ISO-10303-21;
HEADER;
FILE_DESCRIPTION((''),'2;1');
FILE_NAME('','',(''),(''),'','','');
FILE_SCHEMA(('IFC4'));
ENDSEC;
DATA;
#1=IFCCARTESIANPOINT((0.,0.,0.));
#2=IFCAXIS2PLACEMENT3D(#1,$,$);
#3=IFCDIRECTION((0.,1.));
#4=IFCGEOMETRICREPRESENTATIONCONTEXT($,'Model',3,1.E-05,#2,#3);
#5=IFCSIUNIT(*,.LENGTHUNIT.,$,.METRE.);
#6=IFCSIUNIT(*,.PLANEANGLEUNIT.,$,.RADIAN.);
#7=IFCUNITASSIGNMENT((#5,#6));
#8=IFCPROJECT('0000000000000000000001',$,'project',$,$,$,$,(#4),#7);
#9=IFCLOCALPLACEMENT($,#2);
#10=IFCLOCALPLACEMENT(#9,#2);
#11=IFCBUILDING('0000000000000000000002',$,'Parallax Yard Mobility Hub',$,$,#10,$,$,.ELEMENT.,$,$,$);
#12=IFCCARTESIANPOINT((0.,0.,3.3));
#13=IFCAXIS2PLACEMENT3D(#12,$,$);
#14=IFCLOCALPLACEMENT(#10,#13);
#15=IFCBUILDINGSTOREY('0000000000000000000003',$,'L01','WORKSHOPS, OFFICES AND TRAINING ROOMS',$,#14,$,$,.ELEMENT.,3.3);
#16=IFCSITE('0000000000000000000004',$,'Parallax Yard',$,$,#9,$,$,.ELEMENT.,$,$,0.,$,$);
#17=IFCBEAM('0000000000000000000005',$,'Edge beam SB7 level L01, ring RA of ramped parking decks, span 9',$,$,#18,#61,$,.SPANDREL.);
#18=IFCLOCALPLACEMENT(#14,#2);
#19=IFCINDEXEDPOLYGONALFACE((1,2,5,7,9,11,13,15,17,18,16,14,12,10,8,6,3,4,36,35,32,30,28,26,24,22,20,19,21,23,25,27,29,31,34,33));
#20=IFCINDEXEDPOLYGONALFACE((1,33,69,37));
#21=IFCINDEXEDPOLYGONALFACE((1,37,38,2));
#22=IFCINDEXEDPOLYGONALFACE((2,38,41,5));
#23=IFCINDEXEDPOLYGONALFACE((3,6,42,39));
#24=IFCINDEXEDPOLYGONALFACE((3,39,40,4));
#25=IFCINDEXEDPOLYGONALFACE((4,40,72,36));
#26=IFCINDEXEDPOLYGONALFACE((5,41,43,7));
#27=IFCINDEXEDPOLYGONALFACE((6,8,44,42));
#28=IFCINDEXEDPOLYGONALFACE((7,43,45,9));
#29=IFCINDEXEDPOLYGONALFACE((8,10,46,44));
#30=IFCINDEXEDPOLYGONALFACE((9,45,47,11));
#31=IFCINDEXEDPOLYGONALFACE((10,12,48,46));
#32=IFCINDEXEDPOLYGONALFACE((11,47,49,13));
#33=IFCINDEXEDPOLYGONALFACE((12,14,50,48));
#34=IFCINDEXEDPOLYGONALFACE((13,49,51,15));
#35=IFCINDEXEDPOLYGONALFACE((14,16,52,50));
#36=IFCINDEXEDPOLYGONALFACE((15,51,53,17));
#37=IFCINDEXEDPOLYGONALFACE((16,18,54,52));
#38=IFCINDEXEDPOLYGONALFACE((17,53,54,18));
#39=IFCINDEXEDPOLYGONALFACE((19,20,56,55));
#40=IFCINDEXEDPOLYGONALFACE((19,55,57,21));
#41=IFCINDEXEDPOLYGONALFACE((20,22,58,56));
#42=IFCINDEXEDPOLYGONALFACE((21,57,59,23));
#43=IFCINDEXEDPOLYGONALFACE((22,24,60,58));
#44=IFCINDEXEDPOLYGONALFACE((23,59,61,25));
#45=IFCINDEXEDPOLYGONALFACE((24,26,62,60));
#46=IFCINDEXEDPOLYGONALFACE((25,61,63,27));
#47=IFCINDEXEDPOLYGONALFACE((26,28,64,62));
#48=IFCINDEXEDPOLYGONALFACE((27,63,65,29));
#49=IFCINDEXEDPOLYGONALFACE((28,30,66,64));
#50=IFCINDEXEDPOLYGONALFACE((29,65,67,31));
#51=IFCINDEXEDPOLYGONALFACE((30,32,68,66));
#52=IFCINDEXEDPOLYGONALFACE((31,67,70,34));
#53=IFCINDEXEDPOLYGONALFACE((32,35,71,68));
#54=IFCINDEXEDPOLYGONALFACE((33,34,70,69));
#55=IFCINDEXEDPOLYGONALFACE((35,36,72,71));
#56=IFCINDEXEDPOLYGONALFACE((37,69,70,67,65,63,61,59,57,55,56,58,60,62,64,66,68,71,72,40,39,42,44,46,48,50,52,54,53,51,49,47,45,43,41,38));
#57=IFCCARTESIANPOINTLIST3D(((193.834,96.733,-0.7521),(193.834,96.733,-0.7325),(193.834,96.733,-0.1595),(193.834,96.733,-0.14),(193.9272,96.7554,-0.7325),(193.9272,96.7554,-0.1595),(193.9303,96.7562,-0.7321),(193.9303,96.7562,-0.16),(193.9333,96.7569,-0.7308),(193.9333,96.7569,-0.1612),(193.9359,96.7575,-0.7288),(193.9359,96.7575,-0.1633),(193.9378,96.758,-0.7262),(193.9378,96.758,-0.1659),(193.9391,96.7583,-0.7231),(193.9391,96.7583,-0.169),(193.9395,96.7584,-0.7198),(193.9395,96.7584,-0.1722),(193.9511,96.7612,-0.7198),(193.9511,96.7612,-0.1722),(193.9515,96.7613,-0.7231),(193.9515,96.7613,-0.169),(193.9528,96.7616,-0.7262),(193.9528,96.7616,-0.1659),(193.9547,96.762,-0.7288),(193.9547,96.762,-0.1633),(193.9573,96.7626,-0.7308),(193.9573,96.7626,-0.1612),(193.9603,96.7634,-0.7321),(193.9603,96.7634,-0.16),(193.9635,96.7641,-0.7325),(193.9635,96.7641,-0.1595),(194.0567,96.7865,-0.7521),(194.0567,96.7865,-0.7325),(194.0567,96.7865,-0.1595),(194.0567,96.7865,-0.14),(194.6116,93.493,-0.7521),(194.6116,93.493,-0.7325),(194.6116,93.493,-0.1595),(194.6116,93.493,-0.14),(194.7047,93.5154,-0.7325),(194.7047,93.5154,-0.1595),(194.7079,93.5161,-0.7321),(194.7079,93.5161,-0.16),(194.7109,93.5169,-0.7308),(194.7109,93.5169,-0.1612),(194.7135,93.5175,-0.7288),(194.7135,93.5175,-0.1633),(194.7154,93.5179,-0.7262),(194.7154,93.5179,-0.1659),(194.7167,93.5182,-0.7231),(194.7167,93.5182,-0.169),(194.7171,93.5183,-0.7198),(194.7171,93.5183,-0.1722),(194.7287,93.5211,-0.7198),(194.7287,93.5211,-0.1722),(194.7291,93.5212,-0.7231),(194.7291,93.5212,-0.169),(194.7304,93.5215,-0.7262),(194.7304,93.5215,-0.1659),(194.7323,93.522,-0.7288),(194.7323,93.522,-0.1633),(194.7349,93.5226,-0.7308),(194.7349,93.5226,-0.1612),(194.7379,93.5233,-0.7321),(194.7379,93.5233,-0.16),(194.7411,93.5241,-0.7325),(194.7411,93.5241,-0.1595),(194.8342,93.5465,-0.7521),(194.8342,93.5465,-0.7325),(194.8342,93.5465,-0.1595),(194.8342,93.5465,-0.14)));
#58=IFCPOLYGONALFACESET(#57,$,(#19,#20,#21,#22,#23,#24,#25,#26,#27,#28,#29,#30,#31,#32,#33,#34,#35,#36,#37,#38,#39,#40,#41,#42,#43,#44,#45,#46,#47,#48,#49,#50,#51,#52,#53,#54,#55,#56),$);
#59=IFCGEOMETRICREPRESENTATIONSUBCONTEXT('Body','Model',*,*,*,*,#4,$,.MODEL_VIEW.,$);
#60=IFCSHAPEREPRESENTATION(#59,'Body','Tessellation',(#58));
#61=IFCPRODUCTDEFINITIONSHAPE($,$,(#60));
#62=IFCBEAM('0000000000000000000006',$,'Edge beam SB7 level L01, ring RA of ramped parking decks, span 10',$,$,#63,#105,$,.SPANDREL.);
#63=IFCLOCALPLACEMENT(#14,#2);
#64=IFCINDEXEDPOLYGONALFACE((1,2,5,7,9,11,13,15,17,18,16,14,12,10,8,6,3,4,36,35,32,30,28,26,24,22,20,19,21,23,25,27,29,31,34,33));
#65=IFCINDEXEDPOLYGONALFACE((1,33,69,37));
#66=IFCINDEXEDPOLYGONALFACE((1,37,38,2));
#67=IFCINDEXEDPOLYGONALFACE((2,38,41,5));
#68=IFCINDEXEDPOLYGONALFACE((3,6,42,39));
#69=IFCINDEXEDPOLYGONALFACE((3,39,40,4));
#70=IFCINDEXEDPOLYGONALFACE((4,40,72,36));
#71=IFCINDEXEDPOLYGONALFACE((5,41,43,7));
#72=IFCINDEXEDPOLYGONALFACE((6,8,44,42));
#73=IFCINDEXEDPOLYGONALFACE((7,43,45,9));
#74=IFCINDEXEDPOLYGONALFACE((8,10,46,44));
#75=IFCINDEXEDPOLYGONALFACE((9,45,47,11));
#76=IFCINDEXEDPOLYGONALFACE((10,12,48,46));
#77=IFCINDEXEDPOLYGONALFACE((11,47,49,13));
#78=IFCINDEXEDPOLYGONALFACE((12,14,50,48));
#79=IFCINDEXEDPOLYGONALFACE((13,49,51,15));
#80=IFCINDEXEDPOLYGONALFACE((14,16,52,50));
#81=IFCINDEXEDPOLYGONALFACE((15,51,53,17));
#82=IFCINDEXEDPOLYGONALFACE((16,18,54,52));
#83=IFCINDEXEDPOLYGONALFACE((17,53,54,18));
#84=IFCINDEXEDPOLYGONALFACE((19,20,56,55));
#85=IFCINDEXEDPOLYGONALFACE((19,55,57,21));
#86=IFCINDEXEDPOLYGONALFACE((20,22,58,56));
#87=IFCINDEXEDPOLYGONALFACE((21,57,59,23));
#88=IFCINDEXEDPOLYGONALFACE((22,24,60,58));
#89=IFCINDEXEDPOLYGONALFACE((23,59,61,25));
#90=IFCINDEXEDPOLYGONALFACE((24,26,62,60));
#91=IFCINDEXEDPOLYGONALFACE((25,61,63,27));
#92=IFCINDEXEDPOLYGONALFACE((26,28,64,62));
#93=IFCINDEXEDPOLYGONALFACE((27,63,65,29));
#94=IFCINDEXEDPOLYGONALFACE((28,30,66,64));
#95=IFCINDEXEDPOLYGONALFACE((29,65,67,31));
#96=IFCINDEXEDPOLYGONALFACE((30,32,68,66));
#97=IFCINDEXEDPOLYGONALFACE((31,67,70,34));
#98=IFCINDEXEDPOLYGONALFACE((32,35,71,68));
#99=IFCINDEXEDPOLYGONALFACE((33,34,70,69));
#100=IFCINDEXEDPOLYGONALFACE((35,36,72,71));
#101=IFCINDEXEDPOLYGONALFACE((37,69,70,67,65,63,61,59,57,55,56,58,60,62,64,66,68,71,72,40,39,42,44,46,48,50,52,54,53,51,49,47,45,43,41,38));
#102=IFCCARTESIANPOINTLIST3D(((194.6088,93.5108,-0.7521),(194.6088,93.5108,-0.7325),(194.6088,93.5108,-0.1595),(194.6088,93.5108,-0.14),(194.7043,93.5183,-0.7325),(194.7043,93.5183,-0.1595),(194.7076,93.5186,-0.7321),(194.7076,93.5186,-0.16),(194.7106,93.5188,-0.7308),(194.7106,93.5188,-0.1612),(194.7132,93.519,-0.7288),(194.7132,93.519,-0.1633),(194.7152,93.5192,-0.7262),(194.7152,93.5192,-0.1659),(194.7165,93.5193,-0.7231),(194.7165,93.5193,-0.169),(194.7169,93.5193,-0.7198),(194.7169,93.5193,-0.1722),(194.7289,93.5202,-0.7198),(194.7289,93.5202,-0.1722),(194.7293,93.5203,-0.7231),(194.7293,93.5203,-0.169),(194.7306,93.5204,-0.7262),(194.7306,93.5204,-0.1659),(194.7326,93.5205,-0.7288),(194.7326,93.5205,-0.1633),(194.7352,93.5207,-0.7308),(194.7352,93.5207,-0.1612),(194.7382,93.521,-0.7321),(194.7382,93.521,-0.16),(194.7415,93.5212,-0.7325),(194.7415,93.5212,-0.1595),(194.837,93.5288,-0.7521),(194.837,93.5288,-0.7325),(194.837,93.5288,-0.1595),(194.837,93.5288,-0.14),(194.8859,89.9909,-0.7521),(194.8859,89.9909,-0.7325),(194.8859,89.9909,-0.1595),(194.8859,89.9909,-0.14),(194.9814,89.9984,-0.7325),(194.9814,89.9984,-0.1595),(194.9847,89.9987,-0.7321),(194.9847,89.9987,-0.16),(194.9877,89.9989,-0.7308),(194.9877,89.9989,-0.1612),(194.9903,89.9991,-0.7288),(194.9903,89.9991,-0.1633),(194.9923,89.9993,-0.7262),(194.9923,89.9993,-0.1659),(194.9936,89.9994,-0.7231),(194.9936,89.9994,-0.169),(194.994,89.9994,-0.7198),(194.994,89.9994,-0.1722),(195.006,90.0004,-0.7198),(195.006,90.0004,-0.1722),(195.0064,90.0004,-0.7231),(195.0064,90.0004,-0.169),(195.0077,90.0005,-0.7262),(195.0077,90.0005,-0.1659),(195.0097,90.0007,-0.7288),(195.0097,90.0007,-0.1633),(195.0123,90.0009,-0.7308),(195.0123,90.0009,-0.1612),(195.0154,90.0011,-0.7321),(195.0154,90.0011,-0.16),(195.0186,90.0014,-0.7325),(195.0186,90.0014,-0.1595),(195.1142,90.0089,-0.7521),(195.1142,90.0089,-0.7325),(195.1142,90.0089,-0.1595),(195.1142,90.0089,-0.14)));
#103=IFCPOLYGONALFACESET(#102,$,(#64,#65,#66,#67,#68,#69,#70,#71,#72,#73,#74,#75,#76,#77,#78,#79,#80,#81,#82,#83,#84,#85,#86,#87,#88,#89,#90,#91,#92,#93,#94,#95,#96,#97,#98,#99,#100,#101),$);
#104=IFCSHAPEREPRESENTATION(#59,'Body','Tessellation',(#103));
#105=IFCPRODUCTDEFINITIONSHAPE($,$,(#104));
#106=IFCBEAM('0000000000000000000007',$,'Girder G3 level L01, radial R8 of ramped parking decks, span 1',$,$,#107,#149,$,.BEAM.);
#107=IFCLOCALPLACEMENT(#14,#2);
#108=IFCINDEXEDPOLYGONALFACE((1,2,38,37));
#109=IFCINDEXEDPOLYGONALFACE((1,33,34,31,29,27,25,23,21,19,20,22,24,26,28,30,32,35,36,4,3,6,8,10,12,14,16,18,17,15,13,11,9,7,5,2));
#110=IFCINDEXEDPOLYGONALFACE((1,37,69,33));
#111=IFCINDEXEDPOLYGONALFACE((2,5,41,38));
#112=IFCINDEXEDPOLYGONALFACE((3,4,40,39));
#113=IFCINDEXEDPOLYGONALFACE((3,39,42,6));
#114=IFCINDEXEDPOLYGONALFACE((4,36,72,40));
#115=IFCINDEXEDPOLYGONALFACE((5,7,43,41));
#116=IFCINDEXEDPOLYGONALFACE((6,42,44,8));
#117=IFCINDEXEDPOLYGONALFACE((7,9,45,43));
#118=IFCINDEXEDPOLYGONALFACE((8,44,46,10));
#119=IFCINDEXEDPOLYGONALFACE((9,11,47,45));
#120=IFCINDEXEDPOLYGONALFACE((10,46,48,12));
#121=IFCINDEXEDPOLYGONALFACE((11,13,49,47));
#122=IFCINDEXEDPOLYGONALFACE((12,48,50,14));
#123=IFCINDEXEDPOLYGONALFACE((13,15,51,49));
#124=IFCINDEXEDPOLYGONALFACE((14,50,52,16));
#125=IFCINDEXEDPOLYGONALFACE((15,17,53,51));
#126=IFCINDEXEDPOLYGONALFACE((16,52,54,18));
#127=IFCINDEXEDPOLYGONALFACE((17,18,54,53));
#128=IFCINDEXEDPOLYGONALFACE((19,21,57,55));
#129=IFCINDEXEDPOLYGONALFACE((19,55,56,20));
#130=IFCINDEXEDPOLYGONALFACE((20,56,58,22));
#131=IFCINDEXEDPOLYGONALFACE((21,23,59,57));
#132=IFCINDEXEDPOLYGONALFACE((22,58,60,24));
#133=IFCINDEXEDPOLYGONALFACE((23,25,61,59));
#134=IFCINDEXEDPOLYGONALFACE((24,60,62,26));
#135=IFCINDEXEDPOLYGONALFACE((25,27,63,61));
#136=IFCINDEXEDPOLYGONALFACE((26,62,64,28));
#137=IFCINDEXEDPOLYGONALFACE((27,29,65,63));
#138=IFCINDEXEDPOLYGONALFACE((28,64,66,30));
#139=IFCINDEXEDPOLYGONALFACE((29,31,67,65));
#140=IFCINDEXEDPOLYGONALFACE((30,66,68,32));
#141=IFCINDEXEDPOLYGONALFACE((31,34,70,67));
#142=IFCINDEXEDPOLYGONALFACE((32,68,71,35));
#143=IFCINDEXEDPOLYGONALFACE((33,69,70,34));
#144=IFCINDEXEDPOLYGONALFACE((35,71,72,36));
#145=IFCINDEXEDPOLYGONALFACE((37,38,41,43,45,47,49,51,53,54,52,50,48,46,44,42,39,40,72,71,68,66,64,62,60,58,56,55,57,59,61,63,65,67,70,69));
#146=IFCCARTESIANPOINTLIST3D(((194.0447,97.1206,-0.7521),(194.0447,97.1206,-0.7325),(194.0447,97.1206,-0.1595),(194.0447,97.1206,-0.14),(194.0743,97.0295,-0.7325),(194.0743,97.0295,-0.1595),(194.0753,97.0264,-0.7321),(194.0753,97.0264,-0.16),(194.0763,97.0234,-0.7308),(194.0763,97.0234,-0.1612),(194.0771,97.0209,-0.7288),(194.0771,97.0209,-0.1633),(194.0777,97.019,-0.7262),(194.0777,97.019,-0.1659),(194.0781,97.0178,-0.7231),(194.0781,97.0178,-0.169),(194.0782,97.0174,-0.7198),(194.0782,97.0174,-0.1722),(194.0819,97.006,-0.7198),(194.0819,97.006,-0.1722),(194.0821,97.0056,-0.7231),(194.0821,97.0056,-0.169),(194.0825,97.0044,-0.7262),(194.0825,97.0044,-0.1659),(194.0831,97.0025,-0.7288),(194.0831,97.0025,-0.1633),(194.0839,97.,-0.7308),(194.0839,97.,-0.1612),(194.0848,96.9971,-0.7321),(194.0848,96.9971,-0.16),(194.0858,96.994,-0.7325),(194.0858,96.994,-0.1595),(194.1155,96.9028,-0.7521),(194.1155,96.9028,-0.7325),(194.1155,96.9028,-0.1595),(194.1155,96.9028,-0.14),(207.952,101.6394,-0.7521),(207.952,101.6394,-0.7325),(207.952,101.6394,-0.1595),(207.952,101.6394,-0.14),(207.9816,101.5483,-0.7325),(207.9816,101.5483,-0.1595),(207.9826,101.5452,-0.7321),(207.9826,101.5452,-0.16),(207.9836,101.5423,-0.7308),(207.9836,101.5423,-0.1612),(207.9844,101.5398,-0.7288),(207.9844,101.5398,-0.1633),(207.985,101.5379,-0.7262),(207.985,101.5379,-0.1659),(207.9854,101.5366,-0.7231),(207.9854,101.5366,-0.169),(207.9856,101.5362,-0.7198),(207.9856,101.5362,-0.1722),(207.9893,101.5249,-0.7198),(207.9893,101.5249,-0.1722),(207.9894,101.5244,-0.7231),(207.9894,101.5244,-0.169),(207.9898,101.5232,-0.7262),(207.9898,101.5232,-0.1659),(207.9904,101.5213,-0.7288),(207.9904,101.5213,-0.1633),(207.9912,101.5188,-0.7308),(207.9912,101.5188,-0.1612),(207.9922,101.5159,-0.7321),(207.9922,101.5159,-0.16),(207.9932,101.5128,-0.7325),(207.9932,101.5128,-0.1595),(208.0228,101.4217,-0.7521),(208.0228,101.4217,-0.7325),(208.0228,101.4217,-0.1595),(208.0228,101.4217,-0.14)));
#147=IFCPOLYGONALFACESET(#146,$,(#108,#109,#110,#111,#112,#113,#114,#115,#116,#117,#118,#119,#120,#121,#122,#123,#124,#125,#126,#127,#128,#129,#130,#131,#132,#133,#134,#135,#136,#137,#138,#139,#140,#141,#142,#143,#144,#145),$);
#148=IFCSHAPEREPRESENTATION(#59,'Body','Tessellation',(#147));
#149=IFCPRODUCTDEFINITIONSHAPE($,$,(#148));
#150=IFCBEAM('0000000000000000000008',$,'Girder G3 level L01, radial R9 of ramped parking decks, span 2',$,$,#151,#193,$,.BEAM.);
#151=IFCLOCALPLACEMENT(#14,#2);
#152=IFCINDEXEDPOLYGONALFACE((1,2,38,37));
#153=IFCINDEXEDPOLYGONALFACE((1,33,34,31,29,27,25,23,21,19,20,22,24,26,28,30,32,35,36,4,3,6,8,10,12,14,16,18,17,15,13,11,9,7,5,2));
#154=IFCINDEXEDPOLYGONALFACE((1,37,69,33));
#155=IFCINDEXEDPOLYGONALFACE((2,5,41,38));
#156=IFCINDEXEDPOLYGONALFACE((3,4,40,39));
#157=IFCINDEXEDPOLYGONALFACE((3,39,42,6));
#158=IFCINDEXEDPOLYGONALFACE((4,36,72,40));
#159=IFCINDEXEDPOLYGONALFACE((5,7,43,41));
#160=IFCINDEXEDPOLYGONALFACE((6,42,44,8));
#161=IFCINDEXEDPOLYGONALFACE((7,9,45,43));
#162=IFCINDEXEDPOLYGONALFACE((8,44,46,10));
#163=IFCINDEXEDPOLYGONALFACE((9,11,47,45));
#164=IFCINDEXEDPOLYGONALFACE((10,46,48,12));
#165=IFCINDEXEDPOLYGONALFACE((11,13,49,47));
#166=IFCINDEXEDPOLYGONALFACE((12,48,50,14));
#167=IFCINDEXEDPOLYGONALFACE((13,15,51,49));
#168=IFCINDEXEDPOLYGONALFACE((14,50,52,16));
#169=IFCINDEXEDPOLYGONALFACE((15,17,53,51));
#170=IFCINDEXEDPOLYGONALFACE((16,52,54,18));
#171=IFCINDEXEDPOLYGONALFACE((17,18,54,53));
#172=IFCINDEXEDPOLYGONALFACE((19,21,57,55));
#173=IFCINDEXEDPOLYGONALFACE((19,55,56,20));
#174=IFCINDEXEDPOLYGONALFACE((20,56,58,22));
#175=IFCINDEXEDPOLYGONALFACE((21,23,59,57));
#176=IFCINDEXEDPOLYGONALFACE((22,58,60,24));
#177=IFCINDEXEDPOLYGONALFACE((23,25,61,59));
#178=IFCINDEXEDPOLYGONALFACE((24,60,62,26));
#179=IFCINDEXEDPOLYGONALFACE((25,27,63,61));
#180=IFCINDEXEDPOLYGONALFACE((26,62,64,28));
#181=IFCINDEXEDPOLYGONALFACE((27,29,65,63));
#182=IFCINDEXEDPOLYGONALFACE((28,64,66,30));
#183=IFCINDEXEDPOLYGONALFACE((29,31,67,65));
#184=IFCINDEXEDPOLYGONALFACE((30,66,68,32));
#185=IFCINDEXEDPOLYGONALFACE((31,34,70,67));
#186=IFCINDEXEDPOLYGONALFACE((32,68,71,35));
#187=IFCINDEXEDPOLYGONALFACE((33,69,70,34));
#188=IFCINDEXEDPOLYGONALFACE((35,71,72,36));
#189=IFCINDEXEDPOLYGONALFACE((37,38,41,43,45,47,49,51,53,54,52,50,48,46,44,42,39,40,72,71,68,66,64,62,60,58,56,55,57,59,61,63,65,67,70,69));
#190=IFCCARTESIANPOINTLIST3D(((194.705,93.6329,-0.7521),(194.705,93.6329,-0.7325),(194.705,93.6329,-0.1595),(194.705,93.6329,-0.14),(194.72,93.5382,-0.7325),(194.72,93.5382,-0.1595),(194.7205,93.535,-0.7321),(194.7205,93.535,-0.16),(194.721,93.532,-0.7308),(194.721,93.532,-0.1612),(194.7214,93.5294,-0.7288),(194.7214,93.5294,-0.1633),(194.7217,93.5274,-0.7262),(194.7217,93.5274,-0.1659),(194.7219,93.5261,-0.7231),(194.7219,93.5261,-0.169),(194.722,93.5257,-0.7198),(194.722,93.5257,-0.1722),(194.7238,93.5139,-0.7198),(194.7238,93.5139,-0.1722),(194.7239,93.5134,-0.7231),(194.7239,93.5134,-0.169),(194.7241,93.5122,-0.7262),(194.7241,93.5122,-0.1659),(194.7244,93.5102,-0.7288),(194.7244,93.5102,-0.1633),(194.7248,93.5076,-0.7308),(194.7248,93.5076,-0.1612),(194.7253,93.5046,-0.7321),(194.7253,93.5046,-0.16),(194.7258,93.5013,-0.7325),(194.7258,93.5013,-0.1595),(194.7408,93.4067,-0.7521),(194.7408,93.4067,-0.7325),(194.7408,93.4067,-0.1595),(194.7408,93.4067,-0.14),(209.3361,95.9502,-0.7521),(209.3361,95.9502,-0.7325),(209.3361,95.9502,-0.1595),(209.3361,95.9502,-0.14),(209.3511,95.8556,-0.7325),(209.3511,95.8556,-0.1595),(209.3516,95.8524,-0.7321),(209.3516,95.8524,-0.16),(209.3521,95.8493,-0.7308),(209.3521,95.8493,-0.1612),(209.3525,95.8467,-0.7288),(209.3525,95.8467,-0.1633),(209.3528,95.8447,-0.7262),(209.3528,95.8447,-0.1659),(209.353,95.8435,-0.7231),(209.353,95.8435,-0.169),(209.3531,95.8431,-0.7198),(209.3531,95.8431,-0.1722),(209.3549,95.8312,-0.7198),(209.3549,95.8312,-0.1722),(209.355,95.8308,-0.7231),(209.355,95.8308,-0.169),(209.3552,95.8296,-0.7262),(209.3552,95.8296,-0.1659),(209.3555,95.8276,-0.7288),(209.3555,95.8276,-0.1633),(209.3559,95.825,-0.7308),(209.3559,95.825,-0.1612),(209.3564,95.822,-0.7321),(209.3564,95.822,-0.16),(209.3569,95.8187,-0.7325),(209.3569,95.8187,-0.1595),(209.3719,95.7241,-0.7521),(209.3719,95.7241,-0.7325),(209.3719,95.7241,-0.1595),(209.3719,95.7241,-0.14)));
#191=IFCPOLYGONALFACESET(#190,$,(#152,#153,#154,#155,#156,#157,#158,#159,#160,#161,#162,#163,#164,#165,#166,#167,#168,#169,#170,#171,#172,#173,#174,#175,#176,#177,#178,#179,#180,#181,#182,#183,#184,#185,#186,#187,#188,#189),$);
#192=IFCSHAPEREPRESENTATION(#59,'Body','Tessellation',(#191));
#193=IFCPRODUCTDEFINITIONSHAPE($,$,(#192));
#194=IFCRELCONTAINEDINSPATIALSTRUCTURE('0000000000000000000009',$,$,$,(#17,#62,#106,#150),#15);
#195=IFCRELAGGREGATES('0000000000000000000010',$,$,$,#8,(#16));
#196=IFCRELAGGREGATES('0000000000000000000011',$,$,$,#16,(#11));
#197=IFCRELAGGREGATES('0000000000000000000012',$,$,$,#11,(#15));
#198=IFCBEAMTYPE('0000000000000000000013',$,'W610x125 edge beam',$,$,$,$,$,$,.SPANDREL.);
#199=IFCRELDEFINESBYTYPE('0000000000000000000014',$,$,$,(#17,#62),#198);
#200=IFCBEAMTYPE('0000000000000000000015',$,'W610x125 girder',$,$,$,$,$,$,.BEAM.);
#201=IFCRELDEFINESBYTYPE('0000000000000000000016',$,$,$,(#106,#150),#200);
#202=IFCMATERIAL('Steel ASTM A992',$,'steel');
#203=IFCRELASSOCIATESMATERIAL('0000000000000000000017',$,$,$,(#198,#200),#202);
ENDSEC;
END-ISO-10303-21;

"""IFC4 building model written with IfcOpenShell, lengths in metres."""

from ifc_helpers import new_model, si_unit, direction, frame, origin, origin_2d, place, context, subcontext, project, spatial, i_section, extrude, material, material_profile, profile_set, type_object, element, save


model = new_model("IFC4")

# Units and contexts
model_context = context("Model", 3, precision=1e-05, world=origin(), true_north=direction((0.0, 1.0)))
body_context = subcontext(model_context, "Body", "Model", "MODEL_VIEW")
ifc_project = project(units=[si_unit("LENGTHUNIT", "METRE"), si_unit("PLANEANGLEUNIT", "RADIAN")], contexts=[model_context])

# Site, building, storey
site_placement = place(None, origin())
site = spatial("IfcSite", under=ifc_project, at=site_placement, Name="Parallax Yard", CompositionType="ELEMENT", RefElevation=0.0)
building_placement = place(site_placement, origin())
building = spatial("IfcBuilding", under=site, at=building_placement, Name="Parallax Yard Mobility Hub", CompositionType="ELEMENT")
storey_placement = place(building_placement, frame((0.0, 0.0, 3.3)))
storey = spatial("IfcBuildingStorey", under=building, at=storey_placement, Name="L01", Description="WORKSHOPS, OFFICES AND TRAINING ROOMS", CompositionType="ELEMENT", Elevation=3.3)

# Shared definitions
ifc_material_1 = material(Name="Steel ASTM A992", Category="steel")

# Beams
ifc_material_profile_1 = material_profile(ifc_material_1, i_section(OverallWidth=0.229, OverallDepth=0.6121, WebThickness=0.012, FlangeThickness=0.0195, FilletRadius=0.0127, at=origin_2d()), Name="W610x125")
ifc_profile_set_1 = profile_set([ifc_material_profile_1], Name="Steel ASTM A992")
beam_type_1 = type_object("IfcBeamType", Name="W610x125 edge beam", PredefinedType="SPANDREL", material=ifc_profile_set_1)
beam_1_placement = place(storey_placement, frame((193.9453, 96.7598, -0.446), z_axis=(0.23337, -0.972388, 0.0), x_axis=(0.972388, 0.23337, 0.0)))
element("IfcBeam", 1, at=beam_1_placement, inside=storey, type_object=beam_type_1, Name="Edge beam SB7 level L01, ring RA of ramped parking decks, span 9", PredefinedType="SPANDREL", context=body_context, shape_type="SweptSolid", body=[
    extrude(i_section(OverallWidth=0.229, OverallDepth=0.6121, WebThickness=0.012, FlangeThickness=0.0195, FilletRadius=0.0127, at=origin_2d()), origin(), (0.0, 0.0, 1.0), 3.332),
])
beam_2_placement = place(storey_placement, frame((194.7229, 93.5198, -0.446), z_axis=(0.078484, -0.996915, 0.0), x_axis=(0.996915, 0.078484, 0.0)))
element("IfcBeam", 2, at=beam_2_placement, inside=storey, type_object=beam_type_1, Name="Edge beam SB7 level L01, ring RA of ramped parking decks, span 10", PredefinedType="SPANDREL", context=body_context, shape_type="SweptSolid", body=[
    extrude(i_section(OverallWidth=0.229, OverallDepth=0.6121, WebThickness=0.012, FlangeThickness=0.0195, FilletRadius=0.0127, at=origin_2d()), origin(), (0.0, 0.0, 1.0), 3.5308),
])
ifc_material_profile_2 = material_profile(ifc_material_1, i_section(OverallWidth=0.229, OverallDepth=0.6121, WebThickness=0.012, FlangeThickness=0.0195, FilletRadius=0.0127, at=origin_2d()), Name="W610x125")
ifc_profile_set_2 = profile_set([ifc_material_profile_2], Name="Steel ASTM A992")
beam_type_2 = type_object("IfcBeamType", Name="W610x125 girder", PredefinedType="BEAM", material=ifc_profile_set_2)
beam_3_placement = place(storey_placement, frame((194.0801, 97.0117, -0.446), z_axis=(0.951055, 0.309021, 0.0), x_axis=(-0.309021, 0.951055, 0.0)))
element("IfcBeam", 3, at=beam_3_placement, inside=storey, type_object=beam_type_2, Name="Girder G3 level L01, radial R8 of ramped parking decks, span 1", PredefinedType="BEAM", context=body_context, shape_type="SweptSolid", body=[
    extrude(i_section(OverallWidth=0.229, OverallDepth=0.6121, WebThickness=0.012, FlangeThickness=0.0195, FilletRadius=0.0127, at=origin_2d()), origin(), (0.0, 0.0, 1.0), 14.623),
])
beam_4_placement = place(storey_placement, frame((194.7229, 93.5198, -0.446), z_axis=(0.987688, 0.156437, 0.0), x_axis=(-0.156437, 0.987688, 0.0)))
element("IfcBeam", 4, at=beam_4_placement, inside=storey, type_object=beam_type_2, Name="Girder G3 level L01, radial R9 of ramped parking decks, span 2", PredefinedType="BEAM", context=body_context, shape_type="SweptSolid", body=[
    extrude(i_section(OverallWidth=0.229, OverallDepth=0.6121, WebThickness=0.012, FlangeThickness=0.0195, FilletRadius=0.0127, at=origin_2d()), origin(), (0.0, 0.0, 1.0), 14.8135),
])

save(model, "model.ifc")
